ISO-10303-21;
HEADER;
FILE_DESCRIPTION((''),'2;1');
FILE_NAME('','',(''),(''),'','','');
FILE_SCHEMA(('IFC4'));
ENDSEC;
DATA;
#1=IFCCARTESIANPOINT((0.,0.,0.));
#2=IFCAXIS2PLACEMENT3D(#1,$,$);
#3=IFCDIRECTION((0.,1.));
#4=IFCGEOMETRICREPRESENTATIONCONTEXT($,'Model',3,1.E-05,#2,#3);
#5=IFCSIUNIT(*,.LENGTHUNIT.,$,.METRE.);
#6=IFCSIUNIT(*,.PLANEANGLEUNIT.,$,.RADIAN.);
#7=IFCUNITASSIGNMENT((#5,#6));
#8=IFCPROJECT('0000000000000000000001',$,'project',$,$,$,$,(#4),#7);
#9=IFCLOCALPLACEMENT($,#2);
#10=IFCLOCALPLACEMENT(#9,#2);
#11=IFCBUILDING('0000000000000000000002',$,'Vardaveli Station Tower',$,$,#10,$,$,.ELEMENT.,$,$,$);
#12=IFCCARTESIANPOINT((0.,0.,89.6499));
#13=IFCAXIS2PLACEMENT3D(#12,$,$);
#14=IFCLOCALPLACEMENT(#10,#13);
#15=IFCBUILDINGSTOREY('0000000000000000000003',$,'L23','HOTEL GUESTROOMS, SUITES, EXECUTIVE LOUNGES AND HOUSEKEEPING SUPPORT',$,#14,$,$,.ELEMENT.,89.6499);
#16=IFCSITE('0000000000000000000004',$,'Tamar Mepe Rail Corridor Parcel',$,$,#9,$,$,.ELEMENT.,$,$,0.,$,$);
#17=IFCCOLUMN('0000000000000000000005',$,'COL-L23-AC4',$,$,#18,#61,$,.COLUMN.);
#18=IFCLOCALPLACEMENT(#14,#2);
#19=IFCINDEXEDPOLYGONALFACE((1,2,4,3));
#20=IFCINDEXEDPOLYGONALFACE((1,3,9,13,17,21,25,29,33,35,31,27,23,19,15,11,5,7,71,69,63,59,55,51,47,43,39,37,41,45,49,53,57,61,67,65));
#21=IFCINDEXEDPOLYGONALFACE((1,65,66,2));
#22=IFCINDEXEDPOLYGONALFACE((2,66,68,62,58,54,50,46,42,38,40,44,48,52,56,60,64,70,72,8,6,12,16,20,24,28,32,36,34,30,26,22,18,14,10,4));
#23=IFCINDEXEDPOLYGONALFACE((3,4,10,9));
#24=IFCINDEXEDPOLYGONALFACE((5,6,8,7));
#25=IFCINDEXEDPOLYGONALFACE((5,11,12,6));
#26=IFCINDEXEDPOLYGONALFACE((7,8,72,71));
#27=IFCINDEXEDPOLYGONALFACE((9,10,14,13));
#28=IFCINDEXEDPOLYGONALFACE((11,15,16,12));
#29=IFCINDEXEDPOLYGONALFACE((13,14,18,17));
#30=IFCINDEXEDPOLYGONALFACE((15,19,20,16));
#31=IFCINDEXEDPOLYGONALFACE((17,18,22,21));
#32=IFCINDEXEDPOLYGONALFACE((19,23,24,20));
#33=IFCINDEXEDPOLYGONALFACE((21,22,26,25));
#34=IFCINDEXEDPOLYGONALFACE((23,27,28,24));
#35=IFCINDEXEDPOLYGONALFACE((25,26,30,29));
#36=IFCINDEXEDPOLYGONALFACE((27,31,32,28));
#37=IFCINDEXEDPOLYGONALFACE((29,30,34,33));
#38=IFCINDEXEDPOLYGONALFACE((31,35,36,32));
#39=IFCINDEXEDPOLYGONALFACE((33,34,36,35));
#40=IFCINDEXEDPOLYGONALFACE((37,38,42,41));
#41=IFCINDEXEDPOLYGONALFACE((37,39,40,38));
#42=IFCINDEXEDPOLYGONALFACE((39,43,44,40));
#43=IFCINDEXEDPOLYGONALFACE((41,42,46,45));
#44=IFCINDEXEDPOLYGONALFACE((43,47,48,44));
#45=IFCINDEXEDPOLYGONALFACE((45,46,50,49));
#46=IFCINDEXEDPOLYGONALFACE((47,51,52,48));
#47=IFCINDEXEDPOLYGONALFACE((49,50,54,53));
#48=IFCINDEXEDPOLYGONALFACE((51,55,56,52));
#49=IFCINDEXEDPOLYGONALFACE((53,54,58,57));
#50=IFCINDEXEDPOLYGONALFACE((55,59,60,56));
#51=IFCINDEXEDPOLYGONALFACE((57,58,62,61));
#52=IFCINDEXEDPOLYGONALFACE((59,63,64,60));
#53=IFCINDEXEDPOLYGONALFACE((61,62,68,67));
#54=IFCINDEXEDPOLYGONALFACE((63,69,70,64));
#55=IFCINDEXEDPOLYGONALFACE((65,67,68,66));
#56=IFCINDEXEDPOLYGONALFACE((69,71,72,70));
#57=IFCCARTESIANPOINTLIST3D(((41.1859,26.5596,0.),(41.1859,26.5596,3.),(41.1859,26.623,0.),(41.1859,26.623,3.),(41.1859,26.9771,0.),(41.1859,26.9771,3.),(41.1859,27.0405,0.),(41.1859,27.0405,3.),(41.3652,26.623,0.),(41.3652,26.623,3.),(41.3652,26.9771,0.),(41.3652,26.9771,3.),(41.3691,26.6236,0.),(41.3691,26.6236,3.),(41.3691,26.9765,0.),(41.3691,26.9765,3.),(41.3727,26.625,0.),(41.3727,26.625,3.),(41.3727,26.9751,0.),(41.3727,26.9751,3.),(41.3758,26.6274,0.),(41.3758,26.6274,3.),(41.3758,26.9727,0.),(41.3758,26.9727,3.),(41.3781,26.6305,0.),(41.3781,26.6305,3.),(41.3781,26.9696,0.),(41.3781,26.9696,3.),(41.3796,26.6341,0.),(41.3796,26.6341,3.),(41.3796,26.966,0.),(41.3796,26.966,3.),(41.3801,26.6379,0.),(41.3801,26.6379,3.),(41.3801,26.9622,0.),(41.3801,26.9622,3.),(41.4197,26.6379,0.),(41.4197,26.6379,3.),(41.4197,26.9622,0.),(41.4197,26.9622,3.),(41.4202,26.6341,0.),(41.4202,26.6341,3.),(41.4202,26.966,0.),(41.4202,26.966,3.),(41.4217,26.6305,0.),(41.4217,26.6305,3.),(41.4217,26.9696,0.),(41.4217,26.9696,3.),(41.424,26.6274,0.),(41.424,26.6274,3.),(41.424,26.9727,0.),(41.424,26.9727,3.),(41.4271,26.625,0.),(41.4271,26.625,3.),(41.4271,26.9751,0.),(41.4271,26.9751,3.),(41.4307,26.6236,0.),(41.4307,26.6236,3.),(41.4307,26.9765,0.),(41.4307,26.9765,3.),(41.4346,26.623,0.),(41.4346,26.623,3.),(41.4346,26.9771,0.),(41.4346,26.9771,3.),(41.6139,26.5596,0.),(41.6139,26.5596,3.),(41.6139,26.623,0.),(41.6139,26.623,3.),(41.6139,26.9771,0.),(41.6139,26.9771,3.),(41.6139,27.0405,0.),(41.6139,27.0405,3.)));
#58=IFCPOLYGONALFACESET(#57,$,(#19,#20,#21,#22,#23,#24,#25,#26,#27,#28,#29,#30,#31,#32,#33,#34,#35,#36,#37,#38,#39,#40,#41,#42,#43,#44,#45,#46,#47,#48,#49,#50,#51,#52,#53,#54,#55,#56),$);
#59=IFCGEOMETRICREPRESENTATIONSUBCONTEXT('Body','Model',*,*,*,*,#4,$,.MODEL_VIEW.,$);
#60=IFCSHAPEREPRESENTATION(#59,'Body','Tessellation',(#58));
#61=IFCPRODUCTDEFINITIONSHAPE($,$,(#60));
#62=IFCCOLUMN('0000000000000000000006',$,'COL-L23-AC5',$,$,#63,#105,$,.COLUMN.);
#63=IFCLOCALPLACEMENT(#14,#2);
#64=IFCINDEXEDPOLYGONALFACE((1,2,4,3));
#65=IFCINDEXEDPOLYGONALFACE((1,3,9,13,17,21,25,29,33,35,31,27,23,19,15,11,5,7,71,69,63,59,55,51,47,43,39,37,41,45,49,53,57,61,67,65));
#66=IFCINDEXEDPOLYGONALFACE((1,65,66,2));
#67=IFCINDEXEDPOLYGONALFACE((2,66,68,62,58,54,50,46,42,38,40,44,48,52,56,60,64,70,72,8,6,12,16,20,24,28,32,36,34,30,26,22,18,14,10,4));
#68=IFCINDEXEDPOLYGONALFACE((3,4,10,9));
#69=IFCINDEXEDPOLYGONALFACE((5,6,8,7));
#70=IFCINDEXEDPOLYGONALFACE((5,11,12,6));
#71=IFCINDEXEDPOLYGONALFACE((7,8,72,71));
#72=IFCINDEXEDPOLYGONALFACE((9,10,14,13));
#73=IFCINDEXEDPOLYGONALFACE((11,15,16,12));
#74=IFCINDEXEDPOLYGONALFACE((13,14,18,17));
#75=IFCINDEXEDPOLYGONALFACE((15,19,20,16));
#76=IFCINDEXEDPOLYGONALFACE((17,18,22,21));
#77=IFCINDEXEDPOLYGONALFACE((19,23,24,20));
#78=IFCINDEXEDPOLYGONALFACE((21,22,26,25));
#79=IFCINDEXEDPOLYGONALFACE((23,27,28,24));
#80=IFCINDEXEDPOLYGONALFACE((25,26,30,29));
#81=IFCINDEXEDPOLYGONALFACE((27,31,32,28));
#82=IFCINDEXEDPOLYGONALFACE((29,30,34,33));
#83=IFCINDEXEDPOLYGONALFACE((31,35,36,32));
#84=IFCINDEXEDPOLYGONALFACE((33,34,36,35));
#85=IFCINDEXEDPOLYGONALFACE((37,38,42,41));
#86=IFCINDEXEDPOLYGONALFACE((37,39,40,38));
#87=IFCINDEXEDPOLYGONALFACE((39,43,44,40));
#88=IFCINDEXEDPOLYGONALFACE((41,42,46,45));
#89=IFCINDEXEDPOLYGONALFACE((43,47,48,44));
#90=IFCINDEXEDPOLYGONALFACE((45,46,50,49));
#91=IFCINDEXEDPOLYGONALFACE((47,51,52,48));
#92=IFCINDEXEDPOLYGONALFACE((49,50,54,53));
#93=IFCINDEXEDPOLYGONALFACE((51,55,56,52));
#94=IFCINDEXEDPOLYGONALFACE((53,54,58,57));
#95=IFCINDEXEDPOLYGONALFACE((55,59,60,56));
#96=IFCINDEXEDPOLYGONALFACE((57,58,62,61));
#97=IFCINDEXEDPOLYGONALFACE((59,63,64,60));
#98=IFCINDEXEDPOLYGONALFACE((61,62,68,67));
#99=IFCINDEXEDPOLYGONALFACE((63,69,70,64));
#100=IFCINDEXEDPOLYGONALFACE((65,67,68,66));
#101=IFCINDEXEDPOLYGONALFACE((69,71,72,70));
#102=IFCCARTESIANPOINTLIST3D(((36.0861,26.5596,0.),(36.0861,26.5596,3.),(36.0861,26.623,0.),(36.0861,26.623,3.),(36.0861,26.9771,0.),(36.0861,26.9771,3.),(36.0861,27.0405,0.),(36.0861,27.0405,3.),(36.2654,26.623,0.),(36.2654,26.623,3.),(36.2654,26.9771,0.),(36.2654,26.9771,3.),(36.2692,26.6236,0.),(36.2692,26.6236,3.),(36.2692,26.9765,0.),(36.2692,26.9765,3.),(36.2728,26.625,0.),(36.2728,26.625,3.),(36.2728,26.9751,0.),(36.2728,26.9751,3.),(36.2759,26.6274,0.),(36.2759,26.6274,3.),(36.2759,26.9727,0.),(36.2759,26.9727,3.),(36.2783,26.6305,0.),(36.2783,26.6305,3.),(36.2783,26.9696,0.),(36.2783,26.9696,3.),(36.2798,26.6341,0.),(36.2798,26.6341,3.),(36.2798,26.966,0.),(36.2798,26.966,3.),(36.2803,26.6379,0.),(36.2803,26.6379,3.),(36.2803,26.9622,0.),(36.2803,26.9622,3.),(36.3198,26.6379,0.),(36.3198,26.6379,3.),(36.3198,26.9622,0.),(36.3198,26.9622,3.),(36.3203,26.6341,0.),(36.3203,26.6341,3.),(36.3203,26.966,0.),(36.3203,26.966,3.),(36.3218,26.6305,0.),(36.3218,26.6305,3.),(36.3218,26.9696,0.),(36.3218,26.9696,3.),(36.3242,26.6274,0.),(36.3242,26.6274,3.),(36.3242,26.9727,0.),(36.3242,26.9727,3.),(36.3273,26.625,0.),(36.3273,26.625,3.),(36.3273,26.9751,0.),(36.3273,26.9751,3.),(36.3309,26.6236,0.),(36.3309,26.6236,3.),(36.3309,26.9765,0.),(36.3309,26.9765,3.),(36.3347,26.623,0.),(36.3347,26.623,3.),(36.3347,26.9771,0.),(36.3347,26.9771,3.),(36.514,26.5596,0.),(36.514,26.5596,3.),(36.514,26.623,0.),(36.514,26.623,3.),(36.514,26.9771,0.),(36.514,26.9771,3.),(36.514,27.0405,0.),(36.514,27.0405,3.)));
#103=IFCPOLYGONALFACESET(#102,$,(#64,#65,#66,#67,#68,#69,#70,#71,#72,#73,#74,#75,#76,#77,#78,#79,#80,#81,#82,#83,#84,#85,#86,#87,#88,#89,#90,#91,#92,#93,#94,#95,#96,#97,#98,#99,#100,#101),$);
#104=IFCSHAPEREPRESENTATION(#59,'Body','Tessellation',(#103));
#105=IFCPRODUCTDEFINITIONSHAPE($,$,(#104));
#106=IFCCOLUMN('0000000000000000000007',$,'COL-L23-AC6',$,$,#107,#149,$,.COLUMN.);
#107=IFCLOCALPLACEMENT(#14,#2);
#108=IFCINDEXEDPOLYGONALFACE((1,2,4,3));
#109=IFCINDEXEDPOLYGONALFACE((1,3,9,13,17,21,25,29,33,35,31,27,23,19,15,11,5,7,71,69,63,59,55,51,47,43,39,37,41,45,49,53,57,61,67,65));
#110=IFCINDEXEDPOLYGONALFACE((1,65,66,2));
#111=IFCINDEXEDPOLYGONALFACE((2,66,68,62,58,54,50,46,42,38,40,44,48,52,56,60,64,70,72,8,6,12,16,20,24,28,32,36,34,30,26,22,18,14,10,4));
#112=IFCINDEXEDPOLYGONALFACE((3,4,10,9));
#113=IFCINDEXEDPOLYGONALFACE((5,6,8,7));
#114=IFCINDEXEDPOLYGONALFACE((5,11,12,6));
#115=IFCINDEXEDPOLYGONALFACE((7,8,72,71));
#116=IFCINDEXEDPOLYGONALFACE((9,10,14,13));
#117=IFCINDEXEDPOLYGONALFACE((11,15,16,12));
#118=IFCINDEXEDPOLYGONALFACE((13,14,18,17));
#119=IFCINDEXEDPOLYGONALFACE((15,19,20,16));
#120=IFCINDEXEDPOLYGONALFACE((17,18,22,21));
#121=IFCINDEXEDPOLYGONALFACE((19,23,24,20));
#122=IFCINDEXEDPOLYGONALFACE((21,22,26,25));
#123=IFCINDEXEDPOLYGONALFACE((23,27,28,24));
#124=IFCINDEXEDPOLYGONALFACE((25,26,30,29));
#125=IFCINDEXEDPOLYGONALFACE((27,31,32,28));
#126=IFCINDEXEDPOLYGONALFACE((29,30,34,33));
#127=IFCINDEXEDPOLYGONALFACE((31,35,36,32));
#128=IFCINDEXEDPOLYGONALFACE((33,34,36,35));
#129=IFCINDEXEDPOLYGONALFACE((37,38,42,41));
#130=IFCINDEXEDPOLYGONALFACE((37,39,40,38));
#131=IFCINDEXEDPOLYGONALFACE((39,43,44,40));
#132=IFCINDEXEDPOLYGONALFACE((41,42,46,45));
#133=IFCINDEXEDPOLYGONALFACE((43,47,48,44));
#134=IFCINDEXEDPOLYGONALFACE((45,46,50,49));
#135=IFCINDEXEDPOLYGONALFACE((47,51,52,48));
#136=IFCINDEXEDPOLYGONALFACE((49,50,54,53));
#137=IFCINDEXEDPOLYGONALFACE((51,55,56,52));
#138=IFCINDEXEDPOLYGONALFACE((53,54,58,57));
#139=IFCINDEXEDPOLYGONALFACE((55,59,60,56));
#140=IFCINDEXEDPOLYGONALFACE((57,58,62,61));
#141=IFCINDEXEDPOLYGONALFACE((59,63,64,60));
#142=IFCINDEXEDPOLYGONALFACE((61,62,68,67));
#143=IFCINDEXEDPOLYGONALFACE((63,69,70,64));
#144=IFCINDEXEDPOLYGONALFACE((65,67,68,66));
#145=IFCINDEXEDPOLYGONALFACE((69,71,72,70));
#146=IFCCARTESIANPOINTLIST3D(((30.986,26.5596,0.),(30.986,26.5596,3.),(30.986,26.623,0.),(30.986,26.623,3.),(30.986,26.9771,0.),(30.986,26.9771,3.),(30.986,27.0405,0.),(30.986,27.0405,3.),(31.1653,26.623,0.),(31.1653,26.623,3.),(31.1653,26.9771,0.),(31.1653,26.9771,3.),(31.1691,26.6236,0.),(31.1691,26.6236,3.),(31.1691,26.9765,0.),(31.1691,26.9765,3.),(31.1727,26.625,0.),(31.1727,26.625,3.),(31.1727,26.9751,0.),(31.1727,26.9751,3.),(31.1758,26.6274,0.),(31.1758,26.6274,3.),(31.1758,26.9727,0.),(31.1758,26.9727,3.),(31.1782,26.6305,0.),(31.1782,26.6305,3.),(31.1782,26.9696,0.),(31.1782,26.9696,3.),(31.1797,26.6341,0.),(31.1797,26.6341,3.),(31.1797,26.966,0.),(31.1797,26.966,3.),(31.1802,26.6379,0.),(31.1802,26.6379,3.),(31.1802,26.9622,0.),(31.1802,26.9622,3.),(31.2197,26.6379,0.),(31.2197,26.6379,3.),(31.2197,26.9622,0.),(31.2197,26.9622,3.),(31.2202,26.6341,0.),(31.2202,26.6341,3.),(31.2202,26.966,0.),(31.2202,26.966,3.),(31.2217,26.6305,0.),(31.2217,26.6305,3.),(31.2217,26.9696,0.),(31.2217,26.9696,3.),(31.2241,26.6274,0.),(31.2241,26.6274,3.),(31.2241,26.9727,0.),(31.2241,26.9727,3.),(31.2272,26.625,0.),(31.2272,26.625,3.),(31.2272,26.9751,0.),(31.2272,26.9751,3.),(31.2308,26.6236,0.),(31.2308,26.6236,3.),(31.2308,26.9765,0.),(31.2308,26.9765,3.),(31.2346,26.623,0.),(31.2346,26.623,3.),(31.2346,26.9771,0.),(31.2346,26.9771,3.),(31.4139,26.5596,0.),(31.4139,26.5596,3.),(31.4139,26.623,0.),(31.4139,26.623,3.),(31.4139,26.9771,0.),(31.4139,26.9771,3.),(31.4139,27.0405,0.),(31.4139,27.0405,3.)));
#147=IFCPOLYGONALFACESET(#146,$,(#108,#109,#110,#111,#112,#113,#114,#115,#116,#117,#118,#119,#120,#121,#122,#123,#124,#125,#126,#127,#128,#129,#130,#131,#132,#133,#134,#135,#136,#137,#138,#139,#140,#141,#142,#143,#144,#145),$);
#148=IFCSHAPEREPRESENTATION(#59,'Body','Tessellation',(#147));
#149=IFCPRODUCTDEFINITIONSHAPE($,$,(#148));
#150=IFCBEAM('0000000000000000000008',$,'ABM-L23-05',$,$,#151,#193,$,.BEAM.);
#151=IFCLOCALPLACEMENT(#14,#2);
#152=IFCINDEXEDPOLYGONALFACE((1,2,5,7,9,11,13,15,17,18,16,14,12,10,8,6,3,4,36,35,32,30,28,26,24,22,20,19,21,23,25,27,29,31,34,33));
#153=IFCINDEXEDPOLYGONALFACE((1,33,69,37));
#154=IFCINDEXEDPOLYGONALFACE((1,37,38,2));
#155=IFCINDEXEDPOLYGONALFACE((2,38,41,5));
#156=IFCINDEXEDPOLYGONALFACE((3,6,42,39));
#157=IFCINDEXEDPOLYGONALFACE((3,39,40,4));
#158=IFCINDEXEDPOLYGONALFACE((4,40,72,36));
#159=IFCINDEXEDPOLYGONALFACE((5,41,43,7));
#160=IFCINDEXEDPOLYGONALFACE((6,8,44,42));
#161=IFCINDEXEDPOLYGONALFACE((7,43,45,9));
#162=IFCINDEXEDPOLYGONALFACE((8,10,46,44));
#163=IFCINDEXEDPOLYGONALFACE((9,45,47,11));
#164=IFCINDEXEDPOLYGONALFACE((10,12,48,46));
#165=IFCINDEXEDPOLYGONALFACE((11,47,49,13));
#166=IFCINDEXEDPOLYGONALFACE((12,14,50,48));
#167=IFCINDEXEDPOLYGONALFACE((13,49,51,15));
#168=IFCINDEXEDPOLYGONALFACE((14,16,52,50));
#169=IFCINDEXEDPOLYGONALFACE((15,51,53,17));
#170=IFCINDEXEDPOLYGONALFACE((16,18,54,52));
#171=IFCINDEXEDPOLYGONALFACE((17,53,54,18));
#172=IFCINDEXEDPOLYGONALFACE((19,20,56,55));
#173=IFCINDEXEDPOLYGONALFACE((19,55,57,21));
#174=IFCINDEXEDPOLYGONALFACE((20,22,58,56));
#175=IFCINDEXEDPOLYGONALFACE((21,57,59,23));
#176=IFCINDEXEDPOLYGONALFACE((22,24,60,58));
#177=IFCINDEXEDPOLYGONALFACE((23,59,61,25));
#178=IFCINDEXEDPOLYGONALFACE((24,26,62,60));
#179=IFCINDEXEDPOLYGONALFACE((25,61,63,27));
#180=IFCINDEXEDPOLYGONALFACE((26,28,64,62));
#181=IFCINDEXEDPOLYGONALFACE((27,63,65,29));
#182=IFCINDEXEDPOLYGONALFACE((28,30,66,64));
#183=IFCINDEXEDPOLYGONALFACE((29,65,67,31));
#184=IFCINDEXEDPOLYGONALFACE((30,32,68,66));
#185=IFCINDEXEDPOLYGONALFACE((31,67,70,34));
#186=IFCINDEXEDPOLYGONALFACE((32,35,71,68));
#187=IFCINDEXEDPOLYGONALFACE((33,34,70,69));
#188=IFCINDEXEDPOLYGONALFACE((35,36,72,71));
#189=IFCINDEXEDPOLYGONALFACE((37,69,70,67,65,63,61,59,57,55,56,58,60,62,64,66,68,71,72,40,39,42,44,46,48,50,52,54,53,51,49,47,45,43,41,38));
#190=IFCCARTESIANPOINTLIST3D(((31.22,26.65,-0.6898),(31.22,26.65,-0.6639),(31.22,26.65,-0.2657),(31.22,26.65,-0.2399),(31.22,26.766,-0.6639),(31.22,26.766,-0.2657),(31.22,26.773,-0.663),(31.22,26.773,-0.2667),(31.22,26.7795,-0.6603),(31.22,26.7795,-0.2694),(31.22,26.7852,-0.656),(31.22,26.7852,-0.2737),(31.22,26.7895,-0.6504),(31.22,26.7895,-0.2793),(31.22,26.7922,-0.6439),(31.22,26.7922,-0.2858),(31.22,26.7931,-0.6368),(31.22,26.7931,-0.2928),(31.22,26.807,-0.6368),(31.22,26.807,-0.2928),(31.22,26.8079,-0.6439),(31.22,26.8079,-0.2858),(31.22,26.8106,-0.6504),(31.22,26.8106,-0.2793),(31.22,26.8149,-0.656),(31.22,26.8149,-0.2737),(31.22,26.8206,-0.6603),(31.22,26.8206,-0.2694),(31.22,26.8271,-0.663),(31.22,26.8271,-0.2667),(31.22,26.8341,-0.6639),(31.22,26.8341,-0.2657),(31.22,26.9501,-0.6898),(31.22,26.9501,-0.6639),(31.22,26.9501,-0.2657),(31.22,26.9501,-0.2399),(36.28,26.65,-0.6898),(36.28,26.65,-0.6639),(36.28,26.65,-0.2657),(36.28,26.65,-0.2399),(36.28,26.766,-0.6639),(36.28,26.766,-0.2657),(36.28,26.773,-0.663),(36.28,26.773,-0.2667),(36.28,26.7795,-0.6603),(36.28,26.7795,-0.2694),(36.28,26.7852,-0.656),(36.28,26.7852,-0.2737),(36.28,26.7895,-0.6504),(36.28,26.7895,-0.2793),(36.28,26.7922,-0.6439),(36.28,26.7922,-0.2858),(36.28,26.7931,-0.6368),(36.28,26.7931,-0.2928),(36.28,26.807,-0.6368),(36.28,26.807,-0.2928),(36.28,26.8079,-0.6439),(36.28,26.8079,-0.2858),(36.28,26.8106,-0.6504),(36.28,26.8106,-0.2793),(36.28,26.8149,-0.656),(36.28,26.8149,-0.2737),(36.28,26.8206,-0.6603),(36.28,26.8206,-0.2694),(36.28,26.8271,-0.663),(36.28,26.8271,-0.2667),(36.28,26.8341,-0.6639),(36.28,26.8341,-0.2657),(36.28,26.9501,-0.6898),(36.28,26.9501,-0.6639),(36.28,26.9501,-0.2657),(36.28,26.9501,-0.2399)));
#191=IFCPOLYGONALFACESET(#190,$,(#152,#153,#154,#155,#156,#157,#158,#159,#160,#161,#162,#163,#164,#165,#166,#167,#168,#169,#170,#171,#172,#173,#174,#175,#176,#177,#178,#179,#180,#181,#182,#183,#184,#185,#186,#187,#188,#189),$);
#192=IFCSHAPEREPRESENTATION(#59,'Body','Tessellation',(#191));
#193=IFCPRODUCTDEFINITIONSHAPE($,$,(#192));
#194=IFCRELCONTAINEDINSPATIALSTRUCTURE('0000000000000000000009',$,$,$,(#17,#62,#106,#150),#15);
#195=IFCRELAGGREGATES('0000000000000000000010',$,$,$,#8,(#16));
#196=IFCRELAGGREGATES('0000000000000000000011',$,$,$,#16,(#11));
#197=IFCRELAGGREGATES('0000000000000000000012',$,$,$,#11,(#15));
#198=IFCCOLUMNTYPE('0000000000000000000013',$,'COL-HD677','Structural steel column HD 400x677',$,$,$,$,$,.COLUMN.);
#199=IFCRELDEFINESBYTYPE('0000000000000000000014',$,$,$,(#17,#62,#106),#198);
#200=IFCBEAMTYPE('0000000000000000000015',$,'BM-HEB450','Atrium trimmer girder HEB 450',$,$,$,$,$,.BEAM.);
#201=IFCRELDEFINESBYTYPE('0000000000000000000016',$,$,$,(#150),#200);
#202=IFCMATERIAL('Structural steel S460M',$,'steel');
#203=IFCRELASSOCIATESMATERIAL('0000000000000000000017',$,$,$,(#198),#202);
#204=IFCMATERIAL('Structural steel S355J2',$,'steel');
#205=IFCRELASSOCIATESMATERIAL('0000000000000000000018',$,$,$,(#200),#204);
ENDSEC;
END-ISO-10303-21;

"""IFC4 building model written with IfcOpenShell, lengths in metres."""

from ifc_helpers import new_model, si_unit, direction, frame, origin, origin_2d, place, context, subcontext, project, spatial, i_section, extrude, source, transform, mapped, material, material_profile, profile_set, type_object, element, save


model = new_model("IFC4")

# Units and contexts
model_context = context("Model", 3, precision=1e-05, world=origin(), true_north=direction((0.0, 1.0)))
body_context = subcontext(model_context, "Body", "Model", "MODEL_VIEW")
ifc_project = project(units=[si_unit("LENGTHUNIT", "METRE"), si_unit("PLANEANGLEUNIT", "RADIAN")], contexts=[model_context])

# Site, building, storey
site_placement = place(None, origin())
site = spatial("IfcSite", under=ifc_project, at=site_placement, Name="Tamar Mepe Rail Corridor Parcel", CompositionType="ELEMENT", RefElevation=0.0)
building_placement = place(site_placement, origin())
building = spatial("IfcBuilding", under=site, at=building_placement, Name="Vardaveli Station Tower", CompositionType="ELEMENT")
storey_placement = place(building_placement, frame((0.0, 0.0, 89.6499)))
storey = spatial("IfcBuildingStorey", under=building, at=storey_placement, Name="L23", Description="HOTEL GUESTROOMS, SUITES, EXECUTIVE LOUNGES AND HOUSEKEEPING SUPPORT", CompositionType="ELEMENT", Elevation=89.6499)

# Columns
ifc_material_1 = material(Name="Structural steel S460M", Category="steel")
ifc_material_profile_1 = material_profile(ifc_material_1, i_section(OverallWidth=0.428, OverallDepth=0.481, WebThickness=0.0396, FlangeThickness=0.0635, FilletRadius=0.0149, at=origin_2d()), Name="HD 400x677")
ifc_profile_set_1 = profile_set([ifc_material_profile_1], Name="Structural steel S460M")
column_type = type_object("IfcColumnType", Name="COL-HD677", Description="Structural steel column HD 400x677", PredefinedType="COLUMN", material=ifc_profile_set_1)
shared_shape_1 = source(origin(), body_context, "Body", "SweptSolid", [
    extrude(i_section(OverallWidth=0.428, OverallDepth=0.481, WebThickness=0.0396, FlangeThickness=0.0635, FilletRadius=0.0149, at=origin_2d()), origin(), (0.0, 0.0, 1.0), 3.0),
])
for number, where, z_axis, x_axis, name in (
    (1, (41.3999, 26.8, 0.0), (0.0, 0.0, 1.0), (1.0, 0.0, 0.0), "COL-L23-AC4"),
    (2, (36.3, 26.8, 0.0), (0.0, 0.0, 1.0), (1.0, 0.0, 0.0), "COL-L23-AC5"),
    (3, (31.2, 26.8, 0.0), (0.0, 0.0, 1.0), (1.0, 0.0, 0.0), "COL-L23-AC6"),
):
    element("IfcColumn", number, at=place(storey_placement, frame(where, z_axis=z_axis, x_axis=x_axis)), inside=storey, type_object=column_type, Name=name, PredefinedType="COLUMN", context=body_context, shape_type="MappedRepresentation", body=[
        mapped(shared_shape_1, transform((0.0, 0.0, 0.0), scale=1.0)),
    ])

# Beam
ifc_material_2 = material(Name="Structural steel S355J2", Category="steel")
ifc_material_profile_2 = material_profile(ifc_material_2, i_section(OverallWidth=0.3, OverallDepth=0.45, WebThickness=0.0139, FlangeThickness=0.0259, FilletRadius=0.0271, at=origin_2d()), Name="HEB 450")
ifc_profile_set_2 = profile_set([ifc_material_profile_2], Name="Structural steel S355J2")
beam_type_1 = type_object("IfcBeamType", Name="BM-HEB450", Description="Atrium trimmer girder HEB 450", PredefinedType="BEAM", material=ifc_profile_set_2)
shared_shape_2 = source(origin(), body_context, "Body", "SweptSolid", [
    extrude(i_section(OverallWidth=0.3, OverallDepth=0.45, WebThickness=0.0139, FlangeThickness=0.0259, FilletRadius=0.0271, at=origin_2d()), origin(), (0.0, 0.0, 1.0), 5.0601),
])
beam_1_placement = place(storey_placement, frame((36.28, 26.8, -0.4648), z_axis=(-1.0, 0.0, 0.0), x_axis=(0.0, -1.0, 0.0)))
element("IfcBeam", 4, at=beam_1_placement, inside=storey, type_object=beam_type_1, Name="ABM-L23-05", PredefinedType="BEAM", context=body_context, shape_type="MappedRepresentation", body=[
    mapped(shared_shape_2, transform((0.0, 0.0, 0.0), scale=1.0)),
])

save(model, "model.ifc")
